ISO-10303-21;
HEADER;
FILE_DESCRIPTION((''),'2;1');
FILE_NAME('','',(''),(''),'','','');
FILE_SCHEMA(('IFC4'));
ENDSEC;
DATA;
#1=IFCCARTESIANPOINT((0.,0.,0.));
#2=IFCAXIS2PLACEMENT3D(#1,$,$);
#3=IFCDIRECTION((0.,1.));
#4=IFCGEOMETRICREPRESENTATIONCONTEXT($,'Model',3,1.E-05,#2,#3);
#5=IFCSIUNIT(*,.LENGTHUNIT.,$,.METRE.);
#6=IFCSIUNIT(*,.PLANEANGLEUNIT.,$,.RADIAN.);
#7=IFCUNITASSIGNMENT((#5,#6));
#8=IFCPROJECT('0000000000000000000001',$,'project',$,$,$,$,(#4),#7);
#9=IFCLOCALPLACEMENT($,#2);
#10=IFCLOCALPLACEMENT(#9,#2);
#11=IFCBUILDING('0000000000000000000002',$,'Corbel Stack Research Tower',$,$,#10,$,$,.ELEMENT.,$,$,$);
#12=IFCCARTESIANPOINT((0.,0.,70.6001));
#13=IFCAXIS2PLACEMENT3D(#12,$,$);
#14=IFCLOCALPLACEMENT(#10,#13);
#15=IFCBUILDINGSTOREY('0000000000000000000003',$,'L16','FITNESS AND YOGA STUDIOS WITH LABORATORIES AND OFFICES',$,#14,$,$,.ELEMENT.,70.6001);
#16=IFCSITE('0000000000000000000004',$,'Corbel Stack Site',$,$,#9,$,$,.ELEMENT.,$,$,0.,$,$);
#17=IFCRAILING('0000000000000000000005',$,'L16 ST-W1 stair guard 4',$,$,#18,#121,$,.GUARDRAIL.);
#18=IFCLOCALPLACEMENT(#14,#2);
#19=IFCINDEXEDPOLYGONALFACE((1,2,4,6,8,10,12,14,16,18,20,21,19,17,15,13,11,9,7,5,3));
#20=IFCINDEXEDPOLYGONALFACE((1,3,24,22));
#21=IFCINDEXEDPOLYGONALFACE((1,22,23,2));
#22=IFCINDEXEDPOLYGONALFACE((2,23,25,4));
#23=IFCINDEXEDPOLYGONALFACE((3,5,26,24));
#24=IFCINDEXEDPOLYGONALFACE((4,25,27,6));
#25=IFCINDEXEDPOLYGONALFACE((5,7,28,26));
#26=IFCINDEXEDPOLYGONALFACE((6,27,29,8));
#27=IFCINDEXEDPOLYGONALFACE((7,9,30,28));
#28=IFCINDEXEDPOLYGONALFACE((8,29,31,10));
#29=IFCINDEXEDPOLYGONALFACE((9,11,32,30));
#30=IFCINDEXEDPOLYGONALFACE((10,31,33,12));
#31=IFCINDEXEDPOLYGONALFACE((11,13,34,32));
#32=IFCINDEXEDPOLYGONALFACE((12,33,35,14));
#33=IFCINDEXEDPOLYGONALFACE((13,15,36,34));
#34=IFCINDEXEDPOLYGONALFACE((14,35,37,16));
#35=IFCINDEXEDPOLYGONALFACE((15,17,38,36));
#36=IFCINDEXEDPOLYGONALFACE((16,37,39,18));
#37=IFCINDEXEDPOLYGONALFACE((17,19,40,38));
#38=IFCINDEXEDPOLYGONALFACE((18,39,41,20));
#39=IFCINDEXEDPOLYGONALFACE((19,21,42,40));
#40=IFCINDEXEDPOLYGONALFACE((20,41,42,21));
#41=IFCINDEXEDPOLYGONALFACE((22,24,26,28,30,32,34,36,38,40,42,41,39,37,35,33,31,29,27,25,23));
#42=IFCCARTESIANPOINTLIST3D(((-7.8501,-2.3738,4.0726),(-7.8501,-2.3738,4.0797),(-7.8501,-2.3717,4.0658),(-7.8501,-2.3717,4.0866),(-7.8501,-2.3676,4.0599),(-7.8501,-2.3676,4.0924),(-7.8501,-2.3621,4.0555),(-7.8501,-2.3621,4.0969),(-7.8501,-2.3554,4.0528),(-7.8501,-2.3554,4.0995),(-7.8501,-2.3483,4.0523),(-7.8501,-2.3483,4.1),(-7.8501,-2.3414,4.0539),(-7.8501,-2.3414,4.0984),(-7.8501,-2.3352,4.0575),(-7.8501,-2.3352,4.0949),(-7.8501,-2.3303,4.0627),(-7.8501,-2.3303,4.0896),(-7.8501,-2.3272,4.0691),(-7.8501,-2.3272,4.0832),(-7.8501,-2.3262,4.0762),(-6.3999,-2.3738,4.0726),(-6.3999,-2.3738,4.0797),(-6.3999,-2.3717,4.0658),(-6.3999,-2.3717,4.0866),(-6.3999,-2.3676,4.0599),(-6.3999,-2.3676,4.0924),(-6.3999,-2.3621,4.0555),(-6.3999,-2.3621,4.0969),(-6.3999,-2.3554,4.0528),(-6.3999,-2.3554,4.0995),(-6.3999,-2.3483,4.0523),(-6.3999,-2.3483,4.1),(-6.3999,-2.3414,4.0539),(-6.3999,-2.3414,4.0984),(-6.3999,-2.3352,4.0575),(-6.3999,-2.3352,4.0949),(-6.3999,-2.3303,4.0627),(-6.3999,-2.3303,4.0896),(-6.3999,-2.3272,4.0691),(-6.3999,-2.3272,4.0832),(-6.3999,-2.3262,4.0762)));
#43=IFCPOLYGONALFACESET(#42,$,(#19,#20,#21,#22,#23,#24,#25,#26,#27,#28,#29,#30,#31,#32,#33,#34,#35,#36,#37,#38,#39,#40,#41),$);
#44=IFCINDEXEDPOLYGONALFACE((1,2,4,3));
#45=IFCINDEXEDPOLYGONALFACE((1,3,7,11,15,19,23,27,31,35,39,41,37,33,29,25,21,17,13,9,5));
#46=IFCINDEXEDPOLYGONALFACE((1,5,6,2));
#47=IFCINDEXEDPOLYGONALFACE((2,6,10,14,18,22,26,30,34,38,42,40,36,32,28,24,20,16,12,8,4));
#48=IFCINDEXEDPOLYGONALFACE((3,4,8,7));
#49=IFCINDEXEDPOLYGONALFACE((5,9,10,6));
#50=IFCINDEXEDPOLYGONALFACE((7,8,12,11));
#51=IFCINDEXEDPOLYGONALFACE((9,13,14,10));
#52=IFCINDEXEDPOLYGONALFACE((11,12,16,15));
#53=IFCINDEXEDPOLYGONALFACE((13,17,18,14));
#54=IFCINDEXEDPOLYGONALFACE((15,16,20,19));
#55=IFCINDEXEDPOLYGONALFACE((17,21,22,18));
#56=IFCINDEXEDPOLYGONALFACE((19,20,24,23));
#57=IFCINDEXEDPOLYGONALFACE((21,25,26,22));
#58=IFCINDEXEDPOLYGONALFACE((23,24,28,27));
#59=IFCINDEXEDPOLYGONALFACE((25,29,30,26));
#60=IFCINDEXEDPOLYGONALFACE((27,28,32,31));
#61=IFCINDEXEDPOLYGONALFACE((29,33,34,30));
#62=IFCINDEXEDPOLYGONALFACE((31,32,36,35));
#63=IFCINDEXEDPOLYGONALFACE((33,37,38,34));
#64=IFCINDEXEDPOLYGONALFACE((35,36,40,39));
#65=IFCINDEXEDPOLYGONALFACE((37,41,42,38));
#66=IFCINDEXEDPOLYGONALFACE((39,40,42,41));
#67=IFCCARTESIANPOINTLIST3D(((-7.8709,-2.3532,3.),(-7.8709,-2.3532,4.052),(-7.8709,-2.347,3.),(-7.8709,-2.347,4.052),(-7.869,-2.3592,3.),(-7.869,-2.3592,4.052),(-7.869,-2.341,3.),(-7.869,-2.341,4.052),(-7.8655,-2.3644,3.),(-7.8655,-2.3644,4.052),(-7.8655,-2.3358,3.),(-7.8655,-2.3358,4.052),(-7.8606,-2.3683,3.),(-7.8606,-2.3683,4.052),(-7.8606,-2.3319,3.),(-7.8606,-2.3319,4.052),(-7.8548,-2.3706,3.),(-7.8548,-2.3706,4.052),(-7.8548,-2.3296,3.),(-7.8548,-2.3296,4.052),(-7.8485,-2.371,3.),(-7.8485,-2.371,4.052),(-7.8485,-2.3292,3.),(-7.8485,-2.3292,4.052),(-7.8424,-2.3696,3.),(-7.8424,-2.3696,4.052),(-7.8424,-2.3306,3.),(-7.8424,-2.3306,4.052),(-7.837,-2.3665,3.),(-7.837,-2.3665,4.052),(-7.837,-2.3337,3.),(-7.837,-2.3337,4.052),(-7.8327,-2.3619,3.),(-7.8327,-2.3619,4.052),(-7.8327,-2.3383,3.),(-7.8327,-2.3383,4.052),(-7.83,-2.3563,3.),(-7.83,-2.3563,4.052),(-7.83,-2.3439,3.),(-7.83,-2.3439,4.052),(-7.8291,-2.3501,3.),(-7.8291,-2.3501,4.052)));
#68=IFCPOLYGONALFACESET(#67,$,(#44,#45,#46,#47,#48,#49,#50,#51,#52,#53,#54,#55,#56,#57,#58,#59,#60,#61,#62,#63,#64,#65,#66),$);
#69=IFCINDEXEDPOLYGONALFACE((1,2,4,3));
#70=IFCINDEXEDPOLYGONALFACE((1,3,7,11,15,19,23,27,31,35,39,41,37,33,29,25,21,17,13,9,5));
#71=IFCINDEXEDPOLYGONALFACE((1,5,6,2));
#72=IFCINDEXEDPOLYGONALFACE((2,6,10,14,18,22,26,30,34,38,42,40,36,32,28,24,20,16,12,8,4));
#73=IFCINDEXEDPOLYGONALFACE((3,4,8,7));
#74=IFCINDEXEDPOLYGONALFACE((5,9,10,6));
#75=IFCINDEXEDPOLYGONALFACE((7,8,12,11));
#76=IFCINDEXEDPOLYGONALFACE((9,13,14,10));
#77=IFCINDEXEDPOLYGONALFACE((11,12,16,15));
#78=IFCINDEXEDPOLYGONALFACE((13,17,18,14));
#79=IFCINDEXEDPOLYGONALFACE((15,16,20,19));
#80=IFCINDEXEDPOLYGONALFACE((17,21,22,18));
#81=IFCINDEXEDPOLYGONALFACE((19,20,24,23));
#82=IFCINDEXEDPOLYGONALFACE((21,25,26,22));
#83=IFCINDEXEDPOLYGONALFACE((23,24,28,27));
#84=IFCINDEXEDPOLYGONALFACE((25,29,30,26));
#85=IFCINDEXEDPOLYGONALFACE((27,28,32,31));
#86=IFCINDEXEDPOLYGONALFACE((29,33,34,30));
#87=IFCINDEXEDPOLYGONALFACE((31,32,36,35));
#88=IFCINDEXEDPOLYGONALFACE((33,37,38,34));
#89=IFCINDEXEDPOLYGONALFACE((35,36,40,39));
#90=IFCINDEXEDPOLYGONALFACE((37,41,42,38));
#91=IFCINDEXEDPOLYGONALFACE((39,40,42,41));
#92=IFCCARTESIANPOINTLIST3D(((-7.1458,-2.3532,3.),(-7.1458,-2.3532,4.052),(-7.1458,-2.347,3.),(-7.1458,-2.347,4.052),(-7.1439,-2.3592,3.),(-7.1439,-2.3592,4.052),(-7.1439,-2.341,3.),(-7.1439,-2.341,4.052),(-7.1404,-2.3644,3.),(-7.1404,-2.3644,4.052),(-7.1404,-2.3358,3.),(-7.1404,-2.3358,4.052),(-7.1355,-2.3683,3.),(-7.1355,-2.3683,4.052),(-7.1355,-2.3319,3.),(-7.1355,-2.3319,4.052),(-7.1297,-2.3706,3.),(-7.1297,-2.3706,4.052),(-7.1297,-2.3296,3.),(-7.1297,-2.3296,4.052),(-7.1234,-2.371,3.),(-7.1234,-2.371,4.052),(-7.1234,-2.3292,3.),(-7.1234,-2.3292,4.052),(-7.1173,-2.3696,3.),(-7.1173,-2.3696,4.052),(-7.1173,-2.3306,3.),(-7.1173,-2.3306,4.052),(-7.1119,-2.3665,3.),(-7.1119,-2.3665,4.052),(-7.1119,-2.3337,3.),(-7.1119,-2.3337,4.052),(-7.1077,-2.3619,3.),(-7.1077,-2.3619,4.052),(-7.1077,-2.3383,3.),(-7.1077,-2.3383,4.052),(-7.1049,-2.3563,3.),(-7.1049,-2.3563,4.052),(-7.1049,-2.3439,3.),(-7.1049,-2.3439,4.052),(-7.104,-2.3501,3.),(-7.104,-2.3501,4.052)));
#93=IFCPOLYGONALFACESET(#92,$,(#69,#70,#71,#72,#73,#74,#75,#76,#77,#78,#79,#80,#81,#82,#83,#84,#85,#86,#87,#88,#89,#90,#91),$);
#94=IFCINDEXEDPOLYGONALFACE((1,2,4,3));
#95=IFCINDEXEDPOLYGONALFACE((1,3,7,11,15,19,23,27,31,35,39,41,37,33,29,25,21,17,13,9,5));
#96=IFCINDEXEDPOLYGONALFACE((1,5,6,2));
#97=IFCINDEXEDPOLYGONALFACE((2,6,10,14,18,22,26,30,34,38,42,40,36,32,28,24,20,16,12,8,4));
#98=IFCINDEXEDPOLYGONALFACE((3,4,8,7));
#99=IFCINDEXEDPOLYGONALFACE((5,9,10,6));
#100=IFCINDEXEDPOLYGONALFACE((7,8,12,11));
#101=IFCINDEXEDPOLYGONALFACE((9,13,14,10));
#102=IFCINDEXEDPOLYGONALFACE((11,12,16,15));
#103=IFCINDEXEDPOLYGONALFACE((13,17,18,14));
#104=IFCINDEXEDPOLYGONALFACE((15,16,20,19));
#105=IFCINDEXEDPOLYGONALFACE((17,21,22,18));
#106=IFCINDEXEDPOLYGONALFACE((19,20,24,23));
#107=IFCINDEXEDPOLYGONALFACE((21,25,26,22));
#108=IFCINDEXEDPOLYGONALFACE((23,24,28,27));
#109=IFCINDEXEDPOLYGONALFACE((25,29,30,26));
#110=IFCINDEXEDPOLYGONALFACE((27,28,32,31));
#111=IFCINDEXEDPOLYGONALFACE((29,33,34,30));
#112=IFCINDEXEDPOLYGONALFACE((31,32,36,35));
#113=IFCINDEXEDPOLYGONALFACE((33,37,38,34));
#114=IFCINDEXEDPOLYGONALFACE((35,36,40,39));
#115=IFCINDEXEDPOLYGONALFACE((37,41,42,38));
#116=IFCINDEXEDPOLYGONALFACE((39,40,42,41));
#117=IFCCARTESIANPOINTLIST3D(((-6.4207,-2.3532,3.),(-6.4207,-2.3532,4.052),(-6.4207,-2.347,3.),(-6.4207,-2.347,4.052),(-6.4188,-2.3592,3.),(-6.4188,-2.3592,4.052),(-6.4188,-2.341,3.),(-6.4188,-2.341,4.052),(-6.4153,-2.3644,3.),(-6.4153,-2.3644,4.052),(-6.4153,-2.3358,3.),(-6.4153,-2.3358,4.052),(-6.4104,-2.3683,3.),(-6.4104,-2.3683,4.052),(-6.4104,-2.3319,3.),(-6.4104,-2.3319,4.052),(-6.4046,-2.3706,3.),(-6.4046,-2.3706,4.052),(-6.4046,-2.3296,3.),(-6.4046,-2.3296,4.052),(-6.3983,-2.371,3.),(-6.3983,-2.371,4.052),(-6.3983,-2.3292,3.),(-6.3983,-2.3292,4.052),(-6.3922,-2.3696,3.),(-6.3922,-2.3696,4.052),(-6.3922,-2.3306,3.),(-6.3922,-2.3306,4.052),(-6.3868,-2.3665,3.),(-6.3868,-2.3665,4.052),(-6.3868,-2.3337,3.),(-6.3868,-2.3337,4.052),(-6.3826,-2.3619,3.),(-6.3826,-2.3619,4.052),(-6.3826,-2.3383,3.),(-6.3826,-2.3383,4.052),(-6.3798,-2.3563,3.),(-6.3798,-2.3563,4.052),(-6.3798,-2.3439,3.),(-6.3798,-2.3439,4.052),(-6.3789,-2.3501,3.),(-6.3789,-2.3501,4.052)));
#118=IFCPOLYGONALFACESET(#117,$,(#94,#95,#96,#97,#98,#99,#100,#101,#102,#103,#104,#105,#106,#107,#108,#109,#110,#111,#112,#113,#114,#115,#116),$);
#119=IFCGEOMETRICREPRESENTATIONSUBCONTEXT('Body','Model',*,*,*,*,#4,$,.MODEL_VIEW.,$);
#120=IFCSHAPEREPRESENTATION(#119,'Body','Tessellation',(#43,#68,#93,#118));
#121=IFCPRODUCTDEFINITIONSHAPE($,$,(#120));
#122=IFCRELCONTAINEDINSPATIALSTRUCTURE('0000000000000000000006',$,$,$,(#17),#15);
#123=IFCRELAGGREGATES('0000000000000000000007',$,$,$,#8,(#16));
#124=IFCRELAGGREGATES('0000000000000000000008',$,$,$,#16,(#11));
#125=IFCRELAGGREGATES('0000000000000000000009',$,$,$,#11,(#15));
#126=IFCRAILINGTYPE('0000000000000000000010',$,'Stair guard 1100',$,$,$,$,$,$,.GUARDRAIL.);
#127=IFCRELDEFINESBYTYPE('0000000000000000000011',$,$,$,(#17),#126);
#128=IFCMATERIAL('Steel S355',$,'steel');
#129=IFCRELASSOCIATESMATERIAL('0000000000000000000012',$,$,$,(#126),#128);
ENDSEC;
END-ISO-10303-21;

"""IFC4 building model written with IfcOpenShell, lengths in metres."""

from ifc_helpers import new_model, si_unit, direction, frame, origin, origin_2d, place, context, subcontext, project, spatial, circle, extrude, material, type_object, element, save


model = new_model("IFC4")

# Units and contexts
model_context = context("Model", 3, precision=1e-05, world=origin(), true_north=direction((0.0, 1.0)))
body_context = subcontext(model_context, "Body", "Model", "MODEL_VIEW")
ifc_project = project(units=[si_unit("LENGTHUNIT", "METRE"), si_unit("PLANEANGLEUNIT", "RADIAN")], contexts=[model_context])

# Site, building, storey
site_placement = place(None, origin())
site = spatial("IfcSite", under=ifc_project, at=site_placement, Name="Corbel Stack Site", CompositionType="ELEMENT", RefElevation=0.0)
building_placement = place(site_placement, origin())
building = spatial("IfcBuilding", under=site, at=building_placement, Name="Corbel Stack Research Tower", CompositionType="ELEMENT")
storey_placement = place(building_placement, frame((0.0, 0.0, 70.6001)))
storey = spatial("IfcBuildingStorey", under=building, at=storey_placement, Name="L16", Description="FITNESS AND YOGA STUDIOS WITH LABORATORIES AND OFFICES", CompositionType="ELEMENT", Elevation=70.6001)

# Railing
ifc_material_1 = material(Name="Steel S355", Category="steel")
railing_type_1 = type_object("IfcRailingType", Name="Stair guard 1100", PredefinedType="GUARDRAIL", material=ifc_material_1)
railing_1_placement = place(storey_placement, frame((-7.8501, -2.3501, 3.0)))
element("IfcRailing", 1, at=railing_1_placement, inside=storey, type_object=railing_type_1, Name="L16 ST-W1 stair guard 4", PredefinedType="GUARDRAIL", context=body_context, shape_type="SweptSolid", body=[
    extrude(circle(Radius=0.0239, at=origin_2d()), frame((0.0, 0.0, 1.0762), z_axis=(1.0, 0.0, 0.0), x_axis=(0.0, 1.0, 0.0)), (0.0, 0.0, 1.0), 1.4502),
    extrude(circle(Radius=0.021, at=origin_2d()), origin(), (0.0, 0.0, 1.0), 1.052),
    extrude(circle(Radius=0.021, at=origin_2d()), frame((0.7251, 0.0, 0.0)), (0.0, 0.0, 1.0), 1.052),
    extrude(circle(Radius=0.021, at=origin_2d()), frame((1.4502, 0.0, 0.0)), (0.0, 0.0, 1.0), 1.052),
])

save(model, "model.ifc")
